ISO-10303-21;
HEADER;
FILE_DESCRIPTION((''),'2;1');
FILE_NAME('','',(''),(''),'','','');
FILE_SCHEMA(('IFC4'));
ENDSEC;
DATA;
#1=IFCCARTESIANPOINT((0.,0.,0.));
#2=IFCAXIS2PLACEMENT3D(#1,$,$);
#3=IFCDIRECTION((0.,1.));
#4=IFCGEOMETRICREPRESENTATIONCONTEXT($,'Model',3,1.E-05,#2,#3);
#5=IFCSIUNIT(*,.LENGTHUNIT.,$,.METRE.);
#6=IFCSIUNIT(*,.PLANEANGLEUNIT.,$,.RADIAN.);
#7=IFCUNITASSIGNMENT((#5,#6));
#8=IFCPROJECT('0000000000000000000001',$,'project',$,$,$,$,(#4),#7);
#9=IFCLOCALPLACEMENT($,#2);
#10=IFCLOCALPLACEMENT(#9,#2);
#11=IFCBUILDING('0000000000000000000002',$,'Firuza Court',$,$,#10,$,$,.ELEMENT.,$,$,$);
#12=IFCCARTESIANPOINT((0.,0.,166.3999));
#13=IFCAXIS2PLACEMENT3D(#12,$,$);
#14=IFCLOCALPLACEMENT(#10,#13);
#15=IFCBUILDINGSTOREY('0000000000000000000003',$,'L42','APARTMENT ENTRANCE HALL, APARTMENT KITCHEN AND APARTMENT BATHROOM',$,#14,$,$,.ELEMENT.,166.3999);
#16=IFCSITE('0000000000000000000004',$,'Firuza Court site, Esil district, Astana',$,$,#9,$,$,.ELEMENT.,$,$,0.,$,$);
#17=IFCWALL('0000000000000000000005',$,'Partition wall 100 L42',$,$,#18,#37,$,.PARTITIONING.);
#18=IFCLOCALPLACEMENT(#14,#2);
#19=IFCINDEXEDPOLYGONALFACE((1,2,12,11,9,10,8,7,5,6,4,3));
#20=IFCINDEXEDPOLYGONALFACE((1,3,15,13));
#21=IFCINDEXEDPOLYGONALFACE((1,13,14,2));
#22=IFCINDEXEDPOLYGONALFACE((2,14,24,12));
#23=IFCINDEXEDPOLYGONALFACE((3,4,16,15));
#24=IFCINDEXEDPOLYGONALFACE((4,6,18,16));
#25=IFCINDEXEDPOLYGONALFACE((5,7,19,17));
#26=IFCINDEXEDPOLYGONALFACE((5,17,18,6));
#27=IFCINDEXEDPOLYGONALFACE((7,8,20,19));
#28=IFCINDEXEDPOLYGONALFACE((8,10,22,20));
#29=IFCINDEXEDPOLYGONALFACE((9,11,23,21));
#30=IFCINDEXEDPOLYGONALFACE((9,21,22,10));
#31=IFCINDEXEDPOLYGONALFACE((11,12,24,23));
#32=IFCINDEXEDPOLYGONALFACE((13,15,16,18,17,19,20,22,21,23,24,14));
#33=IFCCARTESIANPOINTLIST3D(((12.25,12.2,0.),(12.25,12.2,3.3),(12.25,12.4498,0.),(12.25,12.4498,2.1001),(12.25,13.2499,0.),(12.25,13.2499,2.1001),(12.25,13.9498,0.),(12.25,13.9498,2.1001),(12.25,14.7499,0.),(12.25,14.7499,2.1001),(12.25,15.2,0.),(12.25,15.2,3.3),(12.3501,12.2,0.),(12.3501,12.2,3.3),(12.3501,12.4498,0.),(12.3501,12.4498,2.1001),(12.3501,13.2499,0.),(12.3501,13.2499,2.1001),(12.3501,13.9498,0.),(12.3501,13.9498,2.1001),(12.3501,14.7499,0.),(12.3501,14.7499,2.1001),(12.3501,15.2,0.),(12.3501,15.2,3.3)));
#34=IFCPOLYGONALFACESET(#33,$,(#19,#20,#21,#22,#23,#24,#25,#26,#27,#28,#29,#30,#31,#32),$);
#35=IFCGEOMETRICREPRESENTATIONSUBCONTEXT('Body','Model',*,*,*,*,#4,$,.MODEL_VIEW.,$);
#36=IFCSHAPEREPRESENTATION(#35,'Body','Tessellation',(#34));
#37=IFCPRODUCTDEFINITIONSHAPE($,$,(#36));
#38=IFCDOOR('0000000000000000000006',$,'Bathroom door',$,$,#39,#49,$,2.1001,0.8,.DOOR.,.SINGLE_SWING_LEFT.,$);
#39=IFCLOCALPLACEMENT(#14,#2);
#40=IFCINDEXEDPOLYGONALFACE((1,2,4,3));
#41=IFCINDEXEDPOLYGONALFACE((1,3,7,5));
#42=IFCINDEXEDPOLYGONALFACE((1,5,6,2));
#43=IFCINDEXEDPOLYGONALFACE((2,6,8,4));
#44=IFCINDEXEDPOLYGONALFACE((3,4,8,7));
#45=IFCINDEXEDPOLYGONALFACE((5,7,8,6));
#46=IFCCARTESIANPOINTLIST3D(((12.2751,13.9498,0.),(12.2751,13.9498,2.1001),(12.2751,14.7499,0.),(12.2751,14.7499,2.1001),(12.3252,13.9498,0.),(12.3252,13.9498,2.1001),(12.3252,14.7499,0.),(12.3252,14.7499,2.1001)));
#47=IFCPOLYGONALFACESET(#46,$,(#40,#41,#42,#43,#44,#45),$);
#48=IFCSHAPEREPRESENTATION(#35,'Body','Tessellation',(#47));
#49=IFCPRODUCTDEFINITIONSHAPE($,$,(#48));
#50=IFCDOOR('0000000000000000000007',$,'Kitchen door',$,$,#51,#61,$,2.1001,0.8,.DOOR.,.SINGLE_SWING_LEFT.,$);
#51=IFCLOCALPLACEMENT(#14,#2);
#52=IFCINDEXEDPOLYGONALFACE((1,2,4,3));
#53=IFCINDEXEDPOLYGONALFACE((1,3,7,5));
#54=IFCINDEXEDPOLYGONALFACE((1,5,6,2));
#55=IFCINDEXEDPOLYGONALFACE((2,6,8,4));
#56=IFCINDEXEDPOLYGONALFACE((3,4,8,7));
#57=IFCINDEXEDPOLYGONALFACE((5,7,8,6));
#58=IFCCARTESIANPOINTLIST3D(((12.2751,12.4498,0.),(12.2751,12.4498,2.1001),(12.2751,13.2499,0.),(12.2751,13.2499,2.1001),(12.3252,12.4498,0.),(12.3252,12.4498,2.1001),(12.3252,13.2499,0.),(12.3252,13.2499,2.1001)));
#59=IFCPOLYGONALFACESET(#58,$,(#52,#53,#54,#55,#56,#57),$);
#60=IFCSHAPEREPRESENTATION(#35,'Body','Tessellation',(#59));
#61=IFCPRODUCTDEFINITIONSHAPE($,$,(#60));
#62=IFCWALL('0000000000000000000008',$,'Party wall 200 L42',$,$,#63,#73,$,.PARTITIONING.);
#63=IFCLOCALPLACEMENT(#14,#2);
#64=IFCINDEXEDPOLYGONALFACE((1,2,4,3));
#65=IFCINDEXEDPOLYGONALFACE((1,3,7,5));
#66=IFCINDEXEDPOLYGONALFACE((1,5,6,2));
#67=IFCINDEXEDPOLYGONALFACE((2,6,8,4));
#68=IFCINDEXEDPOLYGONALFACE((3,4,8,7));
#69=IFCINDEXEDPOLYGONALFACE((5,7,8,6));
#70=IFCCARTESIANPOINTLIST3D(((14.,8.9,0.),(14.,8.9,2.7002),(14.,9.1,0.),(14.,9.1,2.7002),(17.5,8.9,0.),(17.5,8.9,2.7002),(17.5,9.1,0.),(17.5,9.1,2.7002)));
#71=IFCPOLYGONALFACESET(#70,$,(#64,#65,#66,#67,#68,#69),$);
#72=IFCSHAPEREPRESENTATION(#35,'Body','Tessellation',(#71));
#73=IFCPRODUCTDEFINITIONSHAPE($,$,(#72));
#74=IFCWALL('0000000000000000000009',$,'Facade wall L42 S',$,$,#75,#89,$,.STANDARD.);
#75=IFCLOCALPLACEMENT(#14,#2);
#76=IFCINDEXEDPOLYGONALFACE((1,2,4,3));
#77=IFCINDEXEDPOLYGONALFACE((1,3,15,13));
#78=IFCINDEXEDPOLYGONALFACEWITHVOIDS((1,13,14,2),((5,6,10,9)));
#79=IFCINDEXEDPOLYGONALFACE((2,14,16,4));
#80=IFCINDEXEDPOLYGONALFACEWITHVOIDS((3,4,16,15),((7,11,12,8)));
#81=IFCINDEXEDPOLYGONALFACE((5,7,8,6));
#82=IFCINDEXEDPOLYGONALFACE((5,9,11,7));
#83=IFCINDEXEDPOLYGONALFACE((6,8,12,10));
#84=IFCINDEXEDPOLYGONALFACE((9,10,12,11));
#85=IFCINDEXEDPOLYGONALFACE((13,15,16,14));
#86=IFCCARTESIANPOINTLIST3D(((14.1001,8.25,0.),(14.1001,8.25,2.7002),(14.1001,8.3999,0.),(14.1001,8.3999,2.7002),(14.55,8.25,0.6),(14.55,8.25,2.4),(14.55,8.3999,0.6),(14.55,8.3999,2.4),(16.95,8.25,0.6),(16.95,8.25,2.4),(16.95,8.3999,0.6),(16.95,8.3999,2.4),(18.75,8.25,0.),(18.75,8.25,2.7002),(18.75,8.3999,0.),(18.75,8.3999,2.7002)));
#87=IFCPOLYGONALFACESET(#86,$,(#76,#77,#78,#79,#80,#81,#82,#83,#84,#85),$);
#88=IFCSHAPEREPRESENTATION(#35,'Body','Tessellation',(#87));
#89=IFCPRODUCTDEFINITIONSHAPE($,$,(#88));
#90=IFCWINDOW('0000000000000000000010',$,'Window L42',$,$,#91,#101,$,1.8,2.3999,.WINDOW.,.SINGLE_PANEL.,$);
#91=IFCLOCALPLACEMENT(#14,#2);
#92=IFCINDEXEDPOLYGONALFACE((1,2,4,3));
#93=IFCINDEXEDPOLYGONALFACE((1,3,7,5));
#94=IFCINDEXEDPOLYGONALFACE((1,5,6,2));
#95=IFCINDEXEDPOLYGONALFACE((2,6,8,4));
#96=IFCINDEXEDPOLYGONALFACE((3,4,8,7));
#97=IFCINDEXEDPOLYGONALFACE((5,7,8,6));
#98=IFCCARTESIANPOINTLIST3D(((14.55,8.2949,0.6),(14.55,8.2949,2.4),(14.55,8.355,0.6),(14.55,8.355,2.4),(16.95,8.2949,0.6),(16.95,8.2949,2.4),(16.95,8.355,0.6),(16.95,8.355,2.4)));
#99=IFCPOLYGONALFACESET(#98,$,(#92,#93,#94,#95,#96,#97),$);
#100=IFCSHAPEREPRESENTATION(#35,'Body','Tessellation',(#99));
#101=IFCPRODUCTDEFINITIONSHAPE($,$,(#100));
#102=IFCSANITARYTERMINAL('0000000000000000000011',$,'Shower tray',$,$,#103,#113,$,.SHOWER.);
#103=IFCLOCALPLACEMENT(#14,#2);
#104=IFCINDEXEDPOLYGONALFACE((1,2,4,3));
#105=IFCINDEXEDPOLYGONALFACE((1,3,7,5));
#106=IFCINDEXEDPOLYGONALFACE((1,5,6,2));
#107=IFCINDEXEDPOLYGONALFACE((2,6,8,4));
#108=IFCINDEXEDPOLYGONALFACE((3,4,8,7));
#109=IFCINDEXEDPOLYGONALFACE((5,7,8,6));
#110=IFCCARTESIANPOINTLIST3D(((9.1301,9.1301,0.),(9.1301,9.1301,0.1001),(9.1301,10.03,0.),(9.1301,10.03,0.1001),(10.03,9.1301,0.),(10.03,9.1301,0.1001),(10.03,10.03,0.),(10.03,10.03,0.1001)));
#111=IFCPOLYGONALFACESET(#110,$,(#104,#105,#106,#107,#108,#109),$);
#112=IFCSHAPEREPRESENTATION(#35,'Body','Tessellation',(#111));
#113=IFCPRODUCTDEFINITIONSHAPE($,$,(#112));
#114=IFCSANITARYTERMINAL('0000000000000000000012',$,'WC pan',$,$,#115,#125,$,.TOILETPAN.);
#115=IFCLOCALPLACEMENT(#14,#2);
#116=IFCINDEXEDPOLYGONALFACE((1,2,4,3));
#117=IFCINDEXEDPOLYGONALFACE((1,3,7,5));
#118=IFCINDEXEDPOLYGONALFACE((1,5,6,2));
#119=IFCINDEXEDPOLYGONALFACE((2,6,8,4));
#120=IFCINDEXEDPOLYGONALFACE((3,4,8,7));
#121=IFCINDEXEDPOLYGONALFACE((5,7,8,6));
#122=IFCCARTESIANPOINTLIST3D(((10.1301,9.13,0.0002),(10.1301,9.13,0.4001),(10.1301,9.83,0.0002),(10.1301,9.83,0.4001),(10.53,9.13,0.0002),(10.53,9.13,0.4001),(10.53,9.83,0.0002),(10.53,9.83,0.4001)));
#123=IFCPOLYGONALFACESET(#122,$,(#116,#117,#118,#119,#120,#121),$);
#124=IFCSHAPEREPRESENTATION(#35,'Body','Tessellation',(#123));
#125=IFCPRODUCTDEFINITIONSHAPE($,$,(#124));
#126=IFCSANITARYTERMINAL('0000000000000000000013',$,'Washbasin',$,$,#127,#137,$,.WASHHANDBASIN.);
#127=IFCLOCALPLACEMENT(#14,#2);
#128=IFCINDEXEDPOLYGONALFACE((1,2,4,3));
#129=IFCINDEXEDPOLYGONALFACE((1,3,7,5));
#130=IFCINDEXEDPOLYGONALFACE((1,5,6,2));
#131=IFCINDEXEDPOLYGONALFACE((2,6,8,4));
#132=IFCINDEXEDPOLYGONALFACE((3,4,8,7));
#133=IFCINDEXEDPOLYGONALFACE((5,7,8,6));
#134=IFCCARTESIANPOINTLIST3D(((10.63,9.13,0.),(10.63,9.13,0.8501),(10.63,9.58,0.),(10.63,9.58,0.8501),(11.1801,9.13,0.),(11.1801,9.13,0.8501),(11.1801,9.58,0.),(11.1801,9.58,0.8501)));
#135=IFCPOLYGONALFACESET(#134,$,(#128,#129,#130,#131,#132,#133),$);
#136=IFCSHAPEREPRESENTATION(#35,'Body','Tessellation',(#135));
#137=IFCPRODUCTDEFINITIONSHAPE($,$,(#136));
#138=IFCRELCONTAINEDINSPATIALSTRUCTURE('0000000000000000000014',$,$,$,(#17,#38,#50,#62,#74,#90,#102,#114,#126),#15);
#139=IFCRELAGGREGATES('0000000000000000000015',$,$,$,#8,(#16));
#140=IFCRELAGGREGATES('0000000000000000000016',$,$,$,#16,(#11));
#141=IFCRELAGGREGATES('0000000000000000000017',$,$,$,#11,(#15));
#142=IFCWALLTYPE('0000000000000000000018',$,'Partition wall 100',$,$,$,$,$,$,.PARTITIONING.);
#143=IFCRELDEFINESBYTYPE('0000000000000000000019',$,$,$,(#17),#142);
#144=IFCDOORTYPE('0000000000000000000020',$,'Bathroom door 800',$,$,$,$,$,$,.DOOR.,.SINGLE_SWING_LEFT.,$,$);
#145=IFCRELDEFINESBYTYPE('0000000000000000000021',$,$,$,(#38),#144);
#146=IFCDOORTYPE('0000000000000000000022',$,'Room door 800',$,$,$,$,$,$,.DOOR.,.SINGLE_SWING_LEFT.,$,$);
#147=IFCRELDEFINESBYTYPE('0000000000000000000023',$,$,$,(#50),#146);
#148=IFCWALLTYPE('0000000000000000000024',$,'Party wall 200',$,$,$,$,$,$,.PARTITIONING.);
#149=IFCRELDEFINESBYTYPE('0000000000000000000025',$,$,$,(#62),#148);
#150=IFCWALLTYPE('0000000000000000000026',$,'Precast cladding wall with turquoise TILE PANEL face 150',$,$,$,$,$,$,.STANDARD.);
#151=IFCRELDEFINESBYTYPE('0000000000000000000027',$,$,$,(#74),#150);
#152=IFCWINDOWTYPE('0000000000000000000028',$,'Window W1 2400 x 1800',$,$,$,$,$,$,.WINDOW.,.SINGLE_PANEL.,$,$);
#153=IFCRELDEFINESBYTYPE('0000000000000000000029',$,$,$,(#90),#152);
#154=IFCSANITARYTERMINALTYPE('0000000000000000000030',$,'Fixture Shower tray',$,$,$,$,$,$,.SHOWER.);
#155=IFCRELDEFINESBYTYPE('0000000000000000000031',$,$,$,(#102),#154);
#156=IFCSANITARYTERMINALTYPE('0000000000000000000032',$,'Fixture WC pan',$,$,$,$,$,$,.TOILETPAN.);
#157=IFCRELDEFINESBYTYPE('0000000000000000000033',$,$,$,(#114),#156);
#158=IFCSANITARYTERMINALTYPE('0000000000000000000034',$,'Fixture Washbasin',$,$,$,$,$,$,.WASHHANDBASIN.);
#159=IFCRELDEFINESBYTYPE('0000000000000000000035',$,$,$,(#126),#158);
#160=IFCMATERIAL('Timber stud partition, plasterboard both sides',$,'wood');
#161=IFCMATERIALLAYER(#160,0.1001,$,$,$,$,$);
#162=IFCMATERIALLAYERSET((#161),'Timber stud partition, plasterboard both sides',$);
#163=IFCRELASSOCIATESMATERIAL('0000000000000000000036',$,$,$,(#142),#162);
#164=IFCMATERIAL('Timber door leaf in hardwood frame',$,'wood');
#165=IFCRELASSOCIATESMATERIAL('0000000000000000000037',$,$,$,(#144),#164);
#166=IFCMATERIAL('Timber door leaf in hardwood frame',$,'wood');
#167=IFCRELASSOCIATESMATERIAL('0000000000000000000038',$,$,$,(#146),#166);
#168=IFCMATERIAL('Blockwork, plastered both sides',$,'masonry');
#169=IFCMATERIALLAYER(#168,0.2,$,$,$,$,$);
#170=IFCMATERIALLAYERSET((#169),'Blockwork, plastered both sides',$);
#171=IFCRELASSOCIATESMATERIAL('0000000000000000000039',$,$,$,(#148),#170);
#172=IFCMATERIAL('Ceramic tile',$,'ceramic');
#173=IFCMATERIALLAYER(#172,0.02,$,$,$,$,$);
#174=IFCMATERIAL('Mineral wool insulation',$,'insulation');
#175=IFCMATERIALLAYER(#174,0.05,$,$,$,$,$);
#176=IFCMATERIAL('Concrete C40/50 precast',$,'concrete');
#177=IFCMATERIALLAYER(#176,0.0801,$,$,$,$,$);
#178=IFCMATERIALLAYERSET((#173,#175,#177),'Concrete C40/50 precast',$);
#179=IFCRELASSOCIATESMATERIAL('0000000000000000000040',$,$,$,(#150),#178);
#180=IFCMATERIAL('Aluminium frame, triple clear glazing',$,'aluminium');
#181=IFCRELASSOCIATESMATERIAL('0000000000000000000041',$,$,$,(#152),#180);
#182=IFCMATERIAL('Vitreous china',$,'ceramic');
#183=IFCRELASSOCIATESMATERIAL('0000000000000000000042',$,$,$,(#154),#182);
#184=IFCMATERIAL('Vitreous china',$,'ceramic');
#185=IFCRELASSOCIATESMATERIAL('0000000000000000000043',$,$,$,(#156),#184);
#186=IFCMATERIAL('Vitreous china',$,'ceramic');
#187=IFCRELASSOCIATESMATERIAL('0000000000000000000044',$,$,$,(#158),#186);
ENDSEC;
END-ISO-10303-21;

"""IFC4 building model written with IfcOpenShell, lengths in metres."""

from ifc_helpers import new_model, si_unit, direction, frame, frame_2d, origin, origin_2d, place, context, subcontext, project, spatial, rectangle, extrude, material, layer, layer_set, type_object, element, fill, save


model = new_model("IFC4")

# Units and contexts
model_context = context("Model", 3, precision=1e-05, world=origin(), true_north=direction((0.0, 1.0)))
body_context = subcontext(model_context, "Body", "Model", "MODEL_VIEW")
ifc_project = project(units=[si_unit("LENGTHUNIT", "METRE"), si_unit("PLANEANGLEUNIT", "RADIAN")], contexts=[model_context])

# Site, building, storey
site_placement = place(None, origin())
site = spatial("IfcSite", under=ifc_project, at=site_placement, Name="Firuza Court site, Esil district, Astana", CompositionType="ELEMENT", RefElevation=0.0)
building_placement = place(site_placement, origin())
building = spatial("IfcBuilding", under=site, at=building_placement, Name="Firuza Court", CompositionType="ELEMENT")
storey_placement = place(building_placement, frame((0.0, 0.0, 166.3999)))
storey = spatial("IfcBuildingStorey", under=building, at=storey_placement, Name="L42", Description="APARTMENT ENTRANCE HALL, APARTMENT KITCHEN AND APARTMENT BATHROOM", CompositionType="ELEMENT", Elevation=166.3999)

# Shared definitions
ifc_material_1 = material(Name="Timber stud partition, plasterboard both sides", Category="wood")
ifc_layer_1 = layer(ifc_material_1, 0.1001)
ifc_layer_set_1 = layer_set([ifc_layer_1], Name="Timber stud partition, plasterboard both sides")
wall_type_1 = type_object("IfcWallType", Name="Partition wall 100", PredefinedType="PARTITIONING", material=ifc_layer_set_1)
ifc_material_2 = material(Name="Timber door leaf in hardwood frame", Category="wood")
door_type_1 = type_object("IfcDoorType", Name="Bathroom door 800", OperationType="SINGLE_SWING_LEFT", PredefinedType="DOOR", material=ifc_material_2)

# Wall, openings, doors
wall_1_placement = place(storey_placement, frame((12.3, 12.2, 0.0), z_axis=(0.0, 0.0, 1.0), x_axis=(0.0, 1.0, 0.0)))
wall_1 = element("IfcWall", 1, at=wall_1_placement, inside=storey, type_object=wall_type_1, Name="Partition wall 100 L42", PredefinedType="PARTITIONING", context=body_context, shape_type="SweptSolid", body=[
    extrude(rectangle(XDim=3.0, YDim=0.1001, at=frame_2d((1.5, 0.0))), origin(), (0.0, 0.0, 1.0), 3.3),
])
opening_1_placement = place(wall_1_placement, frame((1.75, 0.0, 0.0)))
opening_1 = element("IfcOpeningElement", 2, at=opening_1_placement, cuts=wall_1, PredefinedType="OPENING", context=body_context, shape_type="SweptSolid", body=[
    extrude(rectangle(XDim=0.8, YDim=2.1001, at=frame_2d((0.3999, 1.05))), frame((0.0, 0.062, 0.0), z_axis=(0.0, -1.0, 0.0), x_axis=(1.0, 0.0, 0.0)), (0.0, 0.0, 1.0), 0.124),
])
opening_2_placement = place(wall_1_placement, frame((0.25, 0.0, 0.0)))
opening_2 = element("IfcOpeningElement", 3, at=opening_2_placement, cuts=wall_1, PredefinedType="OPENING", context=body_context, shape_type="SweptSolid", body=[
    extrude(rectangle(XDim=0.8, YDim=2.1001, at=frame_2d((0.3999, 1.05))), frame((0.0, 0.062, 0.0), z_axis=(0.0, -1.0, 0.0), x_axis=(1.0, 0.0, 0.0)), (0.0, 0.0, 1.0), 0.124),
])
door_1_placement = place(opening_1_placement, origin())
door_1 = element("IfcDoor", 4, at=door_1_placement, inside=storey, type_object=door_type_1, Name="Bathroom door", OperationType="SINGLE_SWING_LEFT", OverallHeight=2.1001, OverallWidth=0.8, PredefinedType="DOOR", context=body_context, shape_type="SweptSolid", body=[
    extrude(rectangle(XDim=0.8, YDim=2.1001, at=frame_2d((0.3999, 1.05))), frame((0.0, 0.0249, 0.0), z_axis=(0.0, -1.0, 0.0), x_axis=(1.0, 0.0, 0.0)), (0.0, 0.0, 1.0), 0.05),
])
fill(opening_1, door_1)
ifc_material_3 = material(Name="Timber door leaf in hardwood frame", Category="wood")
door_type_2 = type_object("IfcDoorType", Name="Room door 800", OperationType="SINGLE_SWING_LEFT", PredefinedType="DOOR", material=ifc_material_3)
door_2_placement = place(opening_2_placement, origin())
door_2 = element("IfcDoor", 5, at=door_2_placement, inside=storey, type_object=door_type_2, Name="Kitchen door", OperationType="SINGLE_SWING_LEFT", OverallHeight=2.1001, OverallWidth=0.8, PredefinedType="DOOR", context=body_context, shape_type="SweptSolid", body=[
    extrude(rectangle(XDim=0.8, YDim=2.1001, at=frame_2d((0.3999, 1.05))), frame((0.0, 0.0249, 0.0), z_axis=(0.0, -1.0, 0.0), x_axis=(1.0, 0.0, 0.0)), (0.0, 0.0, 1.0), 0.05),
])
fill(opening_2, door_2)

# Wall
ifc_material_4 = material(Name="Blockwork, plastered both sides", Category="masonry")
ifc_layer_2 = layer(ifc_material_4, 0.2)
ifc_layer_set_2 = layer_set([ifc_layer_2], Name="Blockwork, plastered both sides")
wall_type_2 = type_object("IfcWallType", Name="Party wall 200", PredefinedType="PARTITIONING", material=ifc_layer_set_2)
wall_2_placement = place(storey_placement, frame((14.0, 9.0, 0.0), z_axis=(0.0, 0.0, 1.0), x_axis=(1.0, 0.0, 0.0)))
element("IfcWall", 6, at=wall_2_placement, inside=storey, type_object=wall_type_2, Name="Party wall 200 L42", PredefinedType="PARTITIONING", context=body_context, shape_type="SweptSolid", body=[
    extrude(rectangle(XDim=3.5, YDim=0.2, at=frame_2d((1.75, 0.0))), origin(), (0.0, 0.0, 1.0), 2.7002),
])

# Wall, opening, window
ifc_material_5 = material(Name="Ceramic tile", Category="ceramic")
ifc_layer_3 = layer(ifc_material_5, 0.02)
ifc_material_6 = material(Name="Mineral wool insulation", Category="insulation")
ifc_layer_4 = layer(ifc_material_6, 0.05)
ifc_material_7 = material(Name="Concrete C40/50 precast", Category="concrete")
ifc_layer_5 = layer(ifc_material_7, 0.0801)
ifc_layer_set_3 = layer_set([ifc_layer_3, ifc_layer_4, ifc_layer_5], Name="Concrete C40/50 precast")
wall_type_3 = type_object("IfcWallType", Name="Precast cladding wall with turquoise TILE PANEL face 150", PredefinedType="STANDARD", material=ifc_layer_set_3)
wall_3_placement = place(storey_placement, frame((14.1001, 8.325, 0.0), z_axis=(0.0, 0.0, 1.0), x_axis=(1.0, 0.0, 0.0)))
wall_3 = element("IfcWall", 7, at=wall_3_placement, inside=storey, type_object=wall_type_3, Name="Facade wall L42 S", PredefinedType="STANDARD", context=body_context, shape_type="SweptSolid", body=[
    extrude(rectangle(XDim=4.6499, YDim=0.1499, at=frame_2d((2.325, 0.0))), origin(), (0.0, 0.0, 1.0), 2.7002),
])
opening_3_placement = place(wall_3_placement, frame((0.45, 0.0, 0.6001)))
opening_3 = element("IfcOpeningElement", 8, at=opening_3_placement, cuts=wall_3, PredefinedType="OPENING", context=body_context, shape_type="SweptSolid", body=[
    extrude(rectangle(XDim=2.3999, YDim=1.8, at=frame_2d((1.2, 0.8999))), frame((0.0, 0.0869, 0.0), z_axis=(0.0, -1.0, 0.0), x_axis=(1.0, 0.0, 0.0)), (0.0, 0.0, 1.0), 0.1738),
])
ifc_material_8 = material(Name="Aluminium frame, triple clear glazing", Category="aluminium")
window_type = type_object("IfcWindowType", Name="Window W1 2400 x 1800", PartitioningType="SINGLE_PANEL", PredefinedType="WINDOW", material=ifc_material_8)
window_placement = place(opening_3_placement, origin())
window = element("IfcWindow", 9, at=window_placement, inside=storey, type_object=window_type, Name="Window L42", OverallHeight=1.8, OverallWidth=2.3999, PartitioningType="SINGLE_PANEL", PredefinedType="WINDOW", context=body_context, shape_type="SweptSolid", body=[
    extrude(rectangle(XDim=2.3999, YDim=1.8, at=frame_2d((1.2, 0.8999))), frame((0.0, 0.03, 0.0), z_axis=(0.0, -1.0, 0.0), x_axis=(1.0, 0.0, 0.0)), (0.0, 0.0, 1.0), 0.0601),
])
fill(opening_3, window)

# Sanitary terminals
ifc_material_9 = material(Name="Vitreous china", Category="ceramic")
sanitary_terminal_type_1 = type_object("IfcSanitaryTerminalType", Name="Fixture Shower tray", PredefinedType="SHOWER", material=ifc_material_9)
sanitary_terminal_1_placement = place(storey_placement, frame((9.5801, 9.5801, 0.0), z_axis=(0.0, 0.0, 1.0), x_axis=(1.0, 0.0, 0.0)))
element("IfcSanitaryTerminal", 10, at=sanitary_terminal_1_placement, inside=storey, type_object=sanitary_terminal_type_1, Name="Shower tray", PredefinedType="SHOWER", context=body_context, shape_type="SweptSolid", body=[
    extrude(rectangle(XDim=0.8999, YDim=0.8999, at=origin_2d()), origin(), (0.0, 0.0, 1.0), 0.1001),
])
ifc_material_10 = material(Name="Vitreous china", Category="ceramic")
sanitary_terminal_type_2 = type_object("IfcSanitaryTerminalType", Name="Fixture WC pan", PredefinedType="TOILETPAN", material=ifc_material_10)
sanitary_terminal_2_placement = place(storey_placement, frame((10.3301, 9.48, 0.0002), z_axis=(0.0, 0.0, 1.0), x_axis=(1.0, 0.0, 0.0)))
element("IfcSanitaryTerminal", 11, at=sanitary_terminal_2_placement, inside=storey, type_object=sanitary_terminal_type_2, Name="WC pan", PredefinedType="TOILETPAN", context=body_context, shape_type="SweptSolid", body=[
    extrude(rectangle(XDim=0.3999, YDim=0.7, at=origin_2d()), origin(), (0.0, 0.0, 1.0), 0.3999),
])
ifc_material_11 = material(Name="Vitreous china", Category="ceramic")
sanitary_terminal_type_3 = type_object("IfcSanitaryTerminalType", Name="Fixture Washbasin", PredefinedType="WASHHANDBASIN", material=ifc_material_11)
sanitary_terminal_3_placement = place(storey_placement, frame((10.905, 9.355, 0.0), z_axis=(0.0, 0.0, 1.0), x_axis=(1.0, 0.0, 0.0)))
element("IfcSanitaryTerminal", 12, at=sanitary_terminal_3_placement, inside=storey, type_object=sanitary_terminal_type_3, Name="Washbasin", PredefinedType="WASHHANDBASIN", context=body_context, shape_type="SweptSolid", body=[
    extrude(rectangle(XDim=0.55, YDim=0.45, at=origin_2d()), origin(), (0.0, 0.0, 1.0), 0.8501),
])

save(model, "model.ifc")
